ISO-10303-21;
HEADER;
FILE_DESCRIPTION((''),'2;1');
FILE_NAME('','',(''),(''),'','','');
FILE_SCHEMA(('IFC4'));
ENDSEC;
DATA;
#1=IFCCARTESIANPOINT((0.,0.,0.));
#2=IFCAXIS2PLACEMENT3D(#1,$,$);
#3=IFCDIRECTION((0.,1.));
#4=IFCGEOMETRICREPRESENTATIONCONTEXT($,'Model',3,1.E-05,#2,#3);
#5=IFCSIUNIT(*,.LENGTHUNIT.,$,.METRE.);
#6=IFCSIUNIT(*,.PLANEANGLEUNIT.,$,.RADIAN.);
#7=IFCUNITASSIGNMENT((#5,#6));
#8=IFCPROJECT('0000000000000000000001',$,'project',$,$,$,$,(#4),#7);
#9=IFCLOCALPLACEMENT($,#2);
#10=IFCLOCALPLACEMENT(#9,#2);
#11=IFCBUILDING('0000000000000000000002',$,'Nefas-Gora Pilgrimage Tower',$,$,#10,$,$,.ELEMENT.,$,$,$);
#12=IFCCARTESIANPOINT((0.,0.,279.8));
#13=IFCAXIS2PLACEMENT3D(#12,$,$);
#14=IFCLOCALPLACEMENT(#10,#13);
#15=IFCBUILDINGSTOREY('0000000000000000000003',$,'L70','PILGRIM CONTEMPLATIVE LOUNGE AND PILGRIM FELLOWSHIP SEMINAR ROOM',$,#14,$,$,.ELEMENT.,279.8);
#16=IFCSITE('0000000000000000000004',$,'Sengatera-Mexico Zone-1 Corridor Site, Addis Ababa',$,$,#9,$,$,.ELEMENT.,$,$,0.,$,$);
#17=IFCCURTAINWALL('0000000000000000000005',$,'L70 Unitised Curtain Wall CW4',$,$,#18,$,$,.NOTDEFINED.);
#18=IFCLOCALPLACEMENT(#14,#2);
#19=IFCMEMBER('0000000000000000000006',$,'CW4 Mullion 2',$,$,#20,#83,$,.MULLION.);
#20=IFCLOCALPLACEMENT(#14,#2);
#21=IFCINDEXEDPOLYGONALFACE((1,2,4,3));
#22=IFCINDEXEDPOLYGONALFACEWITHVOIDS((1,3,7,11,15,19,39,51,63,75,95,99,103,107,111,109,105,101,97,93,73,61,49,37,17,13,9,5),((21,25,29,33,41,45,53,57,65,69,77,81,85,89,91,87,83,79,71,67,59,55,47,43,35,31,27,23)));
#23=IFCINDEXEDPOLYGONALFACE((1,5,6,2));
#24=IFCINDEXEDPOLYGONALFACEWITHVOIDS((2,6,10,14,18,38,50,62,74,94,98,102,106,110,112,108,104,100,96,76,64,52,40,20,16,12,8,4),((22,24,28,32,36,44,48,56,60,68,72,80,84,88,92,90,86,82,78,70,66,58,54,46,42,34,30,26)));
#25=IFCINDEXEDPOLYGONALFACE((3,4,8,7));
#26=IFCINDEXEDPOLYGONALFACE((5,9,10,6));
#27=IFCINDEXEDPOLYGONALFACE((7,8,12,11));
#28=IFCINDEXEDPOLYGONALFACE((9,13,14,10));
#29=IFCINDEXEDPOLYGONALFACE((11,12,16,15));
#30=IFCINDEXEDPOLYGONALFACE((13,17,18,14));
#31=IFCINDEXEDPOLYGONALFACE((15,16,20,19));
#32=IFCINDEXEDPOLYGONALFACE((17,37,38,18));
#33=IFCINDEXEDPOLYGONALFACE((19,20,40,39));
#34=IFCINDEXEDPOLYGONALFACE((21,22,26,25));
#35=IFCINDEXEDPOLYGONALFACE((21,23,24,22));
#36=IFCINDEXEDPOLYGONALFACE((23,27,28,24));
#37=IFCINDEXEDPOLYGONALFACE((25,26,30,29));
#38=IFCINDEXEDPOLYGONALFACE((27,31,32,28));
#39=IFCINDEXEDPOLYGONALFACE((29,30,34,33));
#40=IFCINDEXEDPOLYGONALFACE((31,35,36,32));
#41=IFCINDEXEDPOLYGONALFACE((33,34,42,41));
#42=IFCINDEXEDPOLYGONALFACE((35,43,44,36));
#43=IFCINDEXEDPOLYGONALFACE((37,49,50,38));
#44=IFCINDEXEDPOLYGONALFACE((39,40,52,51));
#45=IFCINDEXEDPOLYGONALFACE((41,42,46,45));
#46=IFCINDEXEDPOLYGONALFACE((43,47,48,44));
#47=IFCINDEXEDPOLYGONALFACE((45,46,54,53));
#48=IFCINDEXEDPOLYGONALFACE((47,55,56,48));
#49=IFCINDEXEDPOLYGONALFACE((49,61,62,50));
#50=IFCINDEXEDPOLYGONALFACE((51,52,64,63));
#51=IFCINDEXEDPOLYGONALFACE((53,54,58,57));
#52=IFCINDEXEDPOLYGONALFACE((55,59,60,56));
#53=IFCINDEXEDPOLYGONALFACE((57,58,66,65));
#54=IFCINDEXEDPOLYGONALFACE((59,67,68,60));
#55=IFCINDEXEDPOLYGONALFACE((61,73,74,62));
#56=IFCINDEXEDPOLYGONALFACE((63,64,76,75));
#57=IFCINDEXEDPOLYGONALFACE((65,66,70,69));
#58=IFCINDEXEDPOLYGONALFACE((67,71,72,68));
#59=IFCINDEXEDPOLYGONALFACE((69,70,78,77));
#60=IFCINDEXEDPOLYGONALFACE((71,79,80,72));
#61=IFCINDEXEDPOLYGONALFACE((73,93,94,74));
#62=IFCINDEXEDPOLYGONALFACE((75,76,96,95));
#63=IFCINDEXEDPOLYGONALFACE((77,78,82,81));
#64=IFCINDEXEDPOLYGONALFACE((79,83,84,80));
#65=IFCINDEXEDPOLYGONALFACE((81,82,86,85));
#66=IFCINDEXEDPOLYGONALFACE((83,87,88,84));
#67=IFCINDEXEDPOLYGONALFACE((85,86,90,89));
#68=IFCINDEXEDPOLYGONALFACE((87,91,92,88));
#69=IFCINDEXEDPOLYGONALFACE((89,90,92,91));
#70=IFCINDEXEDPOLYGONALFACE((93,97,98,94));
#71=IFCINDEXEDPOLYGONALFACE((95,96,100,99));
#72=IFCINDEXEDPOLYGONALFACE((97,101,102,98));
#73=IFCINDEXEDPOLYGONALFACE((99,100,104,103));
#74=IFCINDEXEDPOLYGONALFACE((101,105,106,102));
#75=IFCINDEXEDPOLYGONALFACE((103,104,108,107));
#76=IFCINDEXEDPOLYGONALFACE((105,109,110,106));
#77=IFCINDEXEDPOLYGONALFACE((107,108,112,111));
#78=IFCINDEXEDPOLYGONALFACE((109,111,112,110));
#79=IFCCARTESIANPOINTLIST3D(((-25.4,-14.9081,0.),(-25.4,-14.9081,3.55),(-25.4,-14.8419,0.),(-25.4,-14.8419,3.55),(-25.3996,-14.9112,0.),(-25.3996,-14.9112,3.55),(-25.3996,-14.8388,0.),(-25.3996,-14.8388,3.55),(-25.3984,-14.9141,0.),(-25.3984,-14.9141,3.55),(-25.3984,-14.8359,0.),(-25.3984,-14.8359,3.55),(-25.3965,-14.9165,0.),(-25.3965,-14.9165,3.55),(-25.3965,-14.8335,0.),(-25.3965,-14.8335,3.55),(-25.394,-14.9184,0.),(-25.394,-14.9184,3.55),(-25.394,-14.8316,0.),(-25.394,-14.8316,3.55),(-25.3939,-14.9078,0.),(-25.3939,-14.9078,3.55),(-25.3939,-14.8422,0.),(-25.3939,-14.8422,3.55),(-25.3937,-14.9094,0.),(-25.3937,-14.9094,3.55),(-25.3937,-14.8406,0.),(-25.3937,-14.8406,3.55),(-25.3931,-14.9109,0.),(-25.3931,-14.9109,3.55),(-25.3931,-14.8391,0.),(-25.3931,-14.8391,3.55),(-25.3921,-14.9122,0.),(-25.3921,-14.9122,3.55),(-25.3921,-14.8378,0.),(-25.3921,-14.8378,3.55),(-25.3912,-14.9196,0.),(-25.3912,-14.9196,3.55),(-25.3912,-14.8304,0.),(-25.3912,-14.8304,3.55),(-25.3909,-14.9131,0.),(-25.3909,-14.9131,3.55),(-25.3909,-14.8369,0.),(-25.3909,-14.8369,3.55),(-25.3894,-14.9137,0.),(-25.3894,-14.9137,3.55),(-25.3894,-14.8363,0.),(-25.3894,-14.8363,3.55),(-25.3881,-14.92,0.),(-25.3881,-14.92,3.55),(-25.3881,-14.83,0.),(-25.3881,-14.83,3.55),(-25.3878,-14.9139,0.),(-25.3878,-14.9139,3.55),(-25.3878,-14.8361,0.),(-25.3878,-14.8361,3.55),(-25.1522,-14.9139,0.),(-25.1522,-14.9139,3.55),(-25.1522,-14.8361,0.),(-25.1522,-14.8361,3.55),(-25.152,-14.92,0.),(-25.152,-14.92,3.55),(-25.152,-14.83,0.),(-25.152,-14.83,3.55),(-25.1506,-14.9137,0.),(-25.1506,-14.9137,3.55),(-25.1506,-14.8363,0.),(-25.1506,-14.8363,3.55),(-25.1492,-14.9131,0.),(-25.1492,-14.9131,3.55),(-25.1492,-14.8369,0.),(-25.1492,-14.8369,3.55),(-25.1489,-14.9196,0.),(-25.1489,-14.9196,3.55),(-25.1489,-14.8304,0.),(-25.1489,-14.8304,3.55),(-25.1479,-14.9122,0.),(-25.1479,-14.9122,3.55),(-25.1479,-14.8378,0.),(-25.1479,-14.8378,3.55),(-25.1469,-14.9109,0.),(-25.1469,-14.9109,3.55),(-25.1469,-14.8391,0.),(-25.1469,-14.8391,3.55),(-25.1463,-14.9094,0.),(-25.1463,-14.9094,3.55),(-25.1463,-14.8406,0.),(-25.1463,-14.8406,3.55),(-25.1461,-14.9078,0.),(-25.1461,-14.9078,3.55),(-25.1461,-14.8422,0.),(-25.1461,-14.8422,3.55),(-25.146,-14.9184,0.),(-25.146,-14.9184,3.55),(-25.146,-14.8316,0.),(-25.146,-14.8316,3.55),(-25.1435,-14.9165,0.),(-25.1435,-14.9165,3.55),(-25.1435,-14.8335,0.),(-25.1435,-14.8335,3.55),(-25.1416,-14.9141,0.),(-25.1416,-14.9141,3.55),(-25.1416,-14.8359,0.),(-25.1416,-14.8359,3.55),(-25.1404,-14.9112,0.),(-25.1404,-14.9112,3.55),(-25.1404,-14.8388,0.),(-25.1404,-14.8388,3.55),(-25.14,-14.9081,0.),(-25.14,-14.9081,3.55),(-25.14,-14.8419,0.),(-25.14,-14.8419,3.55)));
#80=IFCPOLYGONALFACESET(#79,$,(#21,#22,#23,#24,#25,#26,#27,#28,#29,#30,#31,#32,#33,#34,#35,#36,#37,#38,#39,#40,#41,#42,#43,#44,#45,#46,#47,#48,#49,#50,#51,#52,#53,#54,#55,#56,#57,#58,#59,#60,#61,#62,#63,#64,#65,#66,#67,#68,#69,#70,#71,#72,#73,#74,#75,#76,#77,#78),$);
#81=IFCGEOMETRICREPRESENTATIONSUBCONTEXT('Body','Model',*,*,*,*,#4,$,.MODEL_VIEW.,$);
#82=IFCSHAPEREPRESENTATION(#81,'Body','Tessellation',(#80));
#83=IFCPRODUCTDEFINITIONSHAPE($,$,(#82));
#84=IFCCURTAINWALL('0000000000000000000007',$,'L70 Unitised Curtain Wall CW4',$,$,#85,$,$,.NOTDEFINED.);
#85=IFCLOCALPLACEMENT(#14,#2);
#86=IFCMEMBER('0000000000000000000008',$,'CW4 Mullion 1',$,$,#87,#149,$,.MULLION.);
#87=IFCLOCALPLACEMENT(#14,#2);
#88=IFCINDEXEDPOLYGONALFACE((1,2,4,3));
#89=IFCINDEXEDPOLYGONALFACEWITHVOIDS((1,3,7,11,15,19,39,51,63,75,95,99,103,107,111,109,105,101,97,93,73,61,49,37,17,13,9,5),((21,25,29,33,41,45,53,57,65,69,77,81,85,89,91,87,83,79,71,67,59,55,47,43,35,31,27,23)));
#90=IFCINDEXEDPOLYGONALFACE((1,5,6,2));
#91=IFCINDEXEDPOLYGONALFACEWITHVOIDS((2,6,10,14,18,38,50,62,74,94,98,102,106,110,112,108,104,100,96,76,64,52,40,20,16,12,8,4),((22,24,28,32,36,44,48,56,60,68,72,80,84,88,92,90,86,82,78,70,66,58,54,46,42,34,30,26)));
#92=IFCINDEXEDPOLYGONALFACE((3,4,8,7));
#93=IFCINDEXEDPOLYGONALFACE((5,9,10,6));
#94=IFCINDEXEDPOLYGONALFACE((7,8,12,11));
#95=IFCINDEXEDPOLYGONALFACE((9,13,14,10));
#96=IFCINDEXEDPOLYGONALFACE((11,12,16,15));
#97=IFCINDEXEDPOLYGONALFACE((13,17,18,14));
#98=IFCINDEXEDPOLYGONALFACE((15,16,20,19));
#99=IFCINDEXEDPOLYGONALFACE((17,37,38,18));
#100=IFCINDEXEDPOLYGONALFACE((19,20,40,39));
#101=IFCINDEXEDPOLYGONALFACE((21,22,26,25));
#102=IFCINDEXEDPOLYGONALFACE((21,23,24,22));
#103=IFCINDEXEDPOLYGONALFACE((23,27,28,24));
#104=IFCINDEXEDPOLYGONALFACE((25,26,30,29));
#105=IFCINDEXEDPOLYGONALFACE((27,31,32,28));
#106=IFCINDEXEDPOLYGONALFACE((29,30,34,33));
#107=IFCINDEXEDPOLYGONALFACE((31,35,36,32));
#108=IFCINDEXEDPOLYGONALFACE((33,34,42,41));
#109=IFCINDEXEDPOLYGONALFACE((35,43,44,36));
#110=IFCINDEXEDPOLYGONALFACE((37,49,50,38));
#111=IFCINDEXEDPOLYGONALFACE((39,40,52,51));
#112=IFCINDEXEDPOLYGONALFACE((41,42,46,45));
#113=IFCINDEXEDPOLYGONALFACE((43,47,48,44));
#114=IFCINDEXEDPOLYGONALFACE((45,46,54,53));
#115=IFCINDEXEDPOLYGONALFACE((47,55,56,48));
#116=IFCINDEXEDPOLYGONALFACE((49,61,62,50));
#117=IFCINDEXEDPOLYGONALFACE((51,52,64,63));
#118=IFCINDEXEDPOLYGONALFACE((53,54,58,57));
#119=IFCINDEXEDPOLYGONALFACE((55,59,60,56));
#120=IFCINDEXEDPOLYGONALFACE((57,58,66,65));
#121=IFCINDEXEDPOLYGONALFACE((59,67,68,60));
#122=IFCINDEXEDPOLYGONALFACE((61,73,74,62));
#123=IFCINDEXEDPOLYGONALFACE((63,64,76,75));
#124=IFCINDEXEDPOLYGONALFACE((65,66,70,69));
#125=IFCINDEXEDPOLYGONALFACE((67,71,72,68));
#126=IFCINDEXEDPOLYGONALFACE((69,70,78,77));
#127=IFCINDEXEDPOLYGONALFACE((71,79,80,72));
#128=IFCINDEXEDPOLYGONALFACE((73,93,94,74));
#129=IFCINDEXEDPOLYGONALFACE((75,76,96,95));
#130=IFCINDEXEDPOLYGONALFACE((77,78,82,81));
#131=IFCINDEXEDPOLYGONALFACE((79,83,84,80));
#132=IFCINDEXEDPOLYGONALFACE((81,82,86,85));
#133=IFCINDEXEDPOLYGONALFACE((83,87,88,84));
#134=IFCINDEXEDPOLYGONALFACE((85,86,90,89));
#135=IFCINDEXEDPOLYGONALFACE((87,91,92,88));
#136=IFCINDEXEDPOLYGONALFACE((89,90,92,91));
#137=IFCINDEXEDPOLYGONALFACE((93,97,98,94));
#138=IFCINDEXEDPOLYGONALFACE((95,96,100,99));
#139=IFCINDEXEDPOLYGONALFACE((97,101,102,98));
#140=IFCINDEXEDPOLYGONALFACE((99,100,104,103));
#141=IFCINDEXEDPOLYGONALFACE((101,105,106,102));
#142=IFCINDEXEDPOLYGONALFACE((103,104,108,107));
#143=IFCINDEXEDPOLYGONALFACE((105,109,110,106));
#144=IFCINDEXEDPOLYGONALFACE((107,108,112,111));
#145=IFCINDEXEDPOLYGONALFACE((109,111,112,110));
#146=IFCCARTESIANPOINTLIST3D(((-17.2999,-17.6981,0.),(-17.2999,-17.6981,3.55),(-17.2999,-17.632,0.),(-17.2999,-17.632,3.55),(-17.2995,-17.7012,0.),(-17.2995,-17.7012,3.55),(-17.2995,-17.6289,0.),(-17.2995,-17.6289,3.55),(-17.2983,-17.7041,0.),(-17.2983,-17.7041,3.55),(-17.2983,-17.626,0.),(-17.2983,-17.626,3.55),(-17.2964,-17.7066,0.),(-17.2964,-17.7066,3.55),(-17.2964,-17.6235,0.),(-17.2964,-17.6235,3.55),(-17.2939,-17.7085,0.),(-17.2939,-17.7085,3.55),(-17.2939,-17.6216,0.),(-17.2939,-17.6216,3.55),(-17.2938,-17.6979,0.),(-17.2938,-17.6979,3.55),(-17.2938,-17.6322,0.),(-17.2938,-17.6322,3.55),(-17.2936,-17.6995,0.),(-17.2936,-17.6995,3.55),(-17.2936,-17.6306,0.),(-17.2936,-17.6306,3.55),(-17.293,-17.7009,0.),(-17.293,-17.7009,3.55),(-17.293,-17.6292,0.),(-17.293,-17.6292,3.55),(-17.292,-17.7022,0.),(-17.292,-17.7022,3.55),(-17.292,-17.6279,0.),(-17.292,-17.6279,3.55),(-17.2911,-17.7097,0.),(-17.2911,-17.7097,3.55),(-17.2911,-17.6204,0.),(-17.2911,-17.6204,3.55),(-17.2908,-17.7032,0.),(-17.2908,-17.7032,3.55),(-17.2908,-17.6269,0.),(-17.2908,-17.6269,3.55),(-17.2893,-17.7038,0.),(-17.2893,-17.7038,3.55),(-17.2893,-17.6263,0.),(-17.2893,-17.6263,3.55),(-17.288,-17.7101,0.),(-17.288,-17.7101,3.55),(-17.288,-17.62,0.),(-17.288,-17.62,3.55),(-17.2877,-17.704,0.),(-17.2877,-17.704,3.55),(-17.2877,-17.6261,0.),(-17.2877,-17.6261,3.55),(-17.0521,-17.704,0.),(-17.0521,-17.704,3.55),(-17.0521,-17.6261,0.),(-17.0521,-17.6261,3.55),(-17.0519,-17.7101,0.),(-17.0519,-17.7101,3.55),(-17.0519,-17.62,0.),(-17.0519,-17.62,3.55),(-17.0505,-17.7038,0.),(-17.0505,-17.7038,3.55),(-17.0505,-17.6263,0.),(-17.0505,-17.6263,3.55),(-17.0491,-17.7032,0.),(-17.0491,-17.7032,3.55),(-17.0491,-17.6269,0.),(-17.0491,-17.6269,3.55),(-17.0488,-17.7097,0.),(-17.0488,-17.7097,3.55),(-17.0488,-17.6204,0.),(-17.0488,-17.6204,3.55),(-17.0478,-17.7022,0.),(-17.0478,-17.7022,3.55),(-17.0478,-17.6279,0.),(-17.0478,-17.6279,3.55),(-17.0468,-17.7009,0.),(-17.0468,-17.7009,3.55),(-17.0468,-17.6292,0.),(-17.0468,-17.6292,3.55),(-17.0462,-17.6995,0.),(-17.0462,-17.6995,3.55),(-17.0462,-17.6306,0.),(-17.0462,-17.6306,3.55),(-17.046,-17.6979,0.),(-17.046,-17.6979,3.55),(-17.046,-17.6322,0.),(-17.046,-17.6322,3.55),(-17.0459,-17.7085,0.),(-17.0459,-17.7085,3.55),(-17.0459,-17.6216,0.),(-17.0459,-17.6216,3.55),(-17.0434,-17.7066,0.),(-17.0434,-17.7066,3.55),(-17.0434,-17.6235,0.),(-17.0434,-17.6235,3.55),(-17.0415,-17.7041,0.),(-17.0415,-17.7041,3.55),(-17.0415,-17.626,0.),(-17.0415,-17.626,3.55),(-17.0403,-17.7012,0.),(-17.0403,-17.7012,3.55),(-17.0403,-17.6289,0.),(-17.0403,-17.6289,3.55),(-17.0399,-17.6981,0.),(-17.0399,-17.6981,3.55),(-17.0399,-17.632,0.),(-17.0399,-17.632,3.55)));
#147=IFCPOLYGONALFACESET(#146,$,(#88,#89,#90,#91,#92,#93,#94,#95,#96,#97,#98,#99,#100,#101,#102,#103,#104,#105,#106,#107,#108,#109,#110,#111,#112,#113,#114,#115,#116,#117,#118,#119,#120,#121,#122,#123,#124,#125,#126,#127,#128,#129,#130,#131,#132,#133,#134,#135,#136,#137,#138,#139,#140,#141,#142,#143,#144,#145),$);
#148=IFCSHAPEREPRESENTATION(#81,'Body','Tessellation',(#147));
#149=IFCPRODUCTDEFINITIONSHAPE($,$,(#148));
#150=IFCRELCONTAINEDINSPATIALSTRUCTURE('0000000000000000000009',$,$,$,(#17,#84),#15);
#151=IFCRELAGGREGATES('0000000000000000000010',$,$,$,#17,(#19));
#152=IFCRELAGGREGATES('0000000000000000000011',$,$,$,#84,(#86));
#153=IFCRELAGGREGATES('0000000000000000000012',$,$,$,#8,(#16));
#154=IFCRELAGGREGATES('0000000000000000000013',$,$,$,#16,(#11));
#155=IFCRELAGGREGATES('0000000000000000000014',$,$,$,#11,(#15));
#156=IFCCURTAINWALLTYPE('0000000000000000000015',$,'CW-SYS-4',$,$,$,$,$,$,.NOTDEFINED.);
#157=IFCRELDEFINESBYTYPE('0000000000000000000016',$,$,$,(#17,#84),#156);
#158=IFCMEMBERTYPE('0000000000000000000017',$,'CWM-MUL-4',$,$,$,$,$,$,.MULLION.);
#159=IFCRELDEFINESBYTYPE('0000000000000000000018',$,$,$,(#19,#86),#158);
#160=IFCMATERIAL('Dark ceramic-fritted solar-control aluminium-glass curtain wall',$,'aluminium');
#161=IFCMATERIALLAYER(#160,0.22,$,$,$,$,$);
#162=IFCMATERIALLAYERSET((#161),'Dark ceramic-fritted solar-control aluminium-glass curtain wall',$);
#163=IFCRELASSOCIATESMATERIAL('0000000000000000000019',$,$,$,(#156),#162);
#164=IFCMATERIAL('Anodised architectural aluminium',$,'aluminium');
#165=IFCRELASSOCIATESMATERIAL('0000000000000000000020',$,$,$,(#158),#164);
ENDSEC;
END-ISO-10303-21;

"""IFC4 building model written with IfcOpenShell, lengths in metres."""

from ifc_helpers import new_model, si_unit, direction, frame, origin, origin_2d, place, context, subcontext, project, spatial, hollow_rectangle, extrude, source, transform, mapped, material, layer, layer_set, material_profile, profile_set, type_object, element, aggregate, save


model = new_model("IFC4")

# Units and contexts
model_context = context("Model", 3, precision=1e-05, world=origin(), true_north=direction((0.0, 1.0)))
body_context = subcontext(model_context, "Body", "Model", "MODEL_VIEW")
ifc_project = project(units=[si_unit("LENGTHUNIT", "METRE"), si_unit("PLANEANGLEUNIT", "RADIAN")], contexts=[model_context])

# Site, building, storey
site_placement = place(None, origin())
site = spatial("IfcSite", under=ifc_project, at=site_placement, Name="Sengatera-Mexico Zone-1 Corridor Site, Addis Ababa", CompositionType="ELEMENT", RefElevation=0.0)
building_placement = place(site_placement, origin())
building = spatial("IfcBuilding", under=site, at=building_placement, Name="Nefas-Gora Pilgrimage Tower", CompositionType="ELEMENT")
storey_placement = place(building_placement, frame((0.0, 0.0, 279.8)))
storey = spatial("IfcBuildingStorey", under=building, at=storey_placement, Name="L70", Description="PILGRIM CONTEMPLATIVE LOUNGE AND PILGRIM FELLOWSHIP SEMINAR ROOM", CompositionType="ELEMENT", Elevation=279.8)

# Curtain wall, member
ifc_material_1 = material(Name="Dark ceramic-fritted solar-control aluminium-glass curtain wall", Category="aluminium")
ifc_layer_1 = layer(ifc_material_1, 0.22)
ifc_layer_set_1 = layer_set([ifc_layer_1], Name="Dark ceramic-fritted solar-control aluminium-glass curtain wall")
curtain_wall_type = type_object("IfcCurtainWallType", Name="CW-SYS-4", PredefinedType="NOTDEFINED", material=ifc_layer_set_1)
curtain_wall_1_placement = place(storey_placement, origin())
curtain_wall_1 = element("IfcCurtainWall", 1, at=curtain_wall_1_placement, inside=storey, type_object=curtain_wall_type, Name="L70 Unitised Curtain Wall CW4", PredefinedType="NOTDEFINED")
ifc_material_2 = material(Name="Anodised architectural aluminium", Category="aluminium")
ifc_material_profile_1 = material_profile(ifc_material_2, hollow_rectangle(XDim=0.0901, YDim=0.26, WallThickness=0.0061, InnerFilletRadius=0.0061, OuterFilletRadius=0.012, at=origin_2d()), Name="ALU MULLION 90x260")
ifc_profile_set_1 = profile_set([ifc_material_profile_1], Name="Anodised architectural aluminium")
member_type_1 = type_object("IfcMemberType", Name="CWM-MUL-4", PredefinedType="MULLION", material=ifc_profile_set_1)
shared_shape_1 = source(origin(), body_context, "Body", "SweptSolid", [
    extrude(hollow_rectangle(XDim=0.0901, YDim=0.26, WallThickness=0.0061, InnerFilletRadius=0.0061, OuterFilletRadius=0.012, at=origin_2d()), origin(), (0.0, 0.0, 1.0), 3.55),
])
member_1_placement = place(storey_placement, frame((-25.27, -14.875, 0.0), z_axis=(0.0, 0.0, 1.0), x_axis=(0.0, -1.0, 0.0)))
member_1 = element("IfcMember", 2, at=member_1_placement, type_object=member_type_1, Name="CW4 Mullion 2", PredefinedType="MULLION", context=body_context, shape_type="MappedRepresentation", body=[
    mapped(shared_shape_1, transform((0.0, 0.0, 0.0), x_axis=(1.0, 0.0, 0.0), y_axis=(0.0, 1.0, 0.0), z_axis=(0.0, 0.0, 1.0), scale=1.0)),
])
aggregate(curtain_wall_1, [member_1])

# Curtain wall, member
curtain_wall_2_placement = place(storey_placement, origin())
curtain_wall_2 = element("IfcCurtainWall", 3, at=curtain_wall_2_placement, inside=storey, type_object=curtain_wall_type, Name="L70 Unitised Curtain Wall CW4", PredefinedType="NOTDEFINED")
member_2_placement = place(storey_placement, frame((-17.1699, -17.665, 0.0), z_axis=(0.0, 0.0, 1.0), x_axis=(0.0, -1.0, 0.0)))
member_2 = element("IfcMember", 4, at=member_2_placement, type_object=member_type_1, Name="CW4 Mullion 1", PredefinedType="MULLION", context=body_context, shape_type="MappedRepresentation", body=[
    mapped(shared_shape_1, transform((0.0, 0.0, 0.0), x_axis=(1.0, 0.0, 0.0), y_axis=(0.0, 1.0, 0.0), z_axis=(0.0, 0.0, 1.0), scale=1.0)),
])

aggregate(curtain_wall_2, [member_2])

save(model, "model.ifc")
